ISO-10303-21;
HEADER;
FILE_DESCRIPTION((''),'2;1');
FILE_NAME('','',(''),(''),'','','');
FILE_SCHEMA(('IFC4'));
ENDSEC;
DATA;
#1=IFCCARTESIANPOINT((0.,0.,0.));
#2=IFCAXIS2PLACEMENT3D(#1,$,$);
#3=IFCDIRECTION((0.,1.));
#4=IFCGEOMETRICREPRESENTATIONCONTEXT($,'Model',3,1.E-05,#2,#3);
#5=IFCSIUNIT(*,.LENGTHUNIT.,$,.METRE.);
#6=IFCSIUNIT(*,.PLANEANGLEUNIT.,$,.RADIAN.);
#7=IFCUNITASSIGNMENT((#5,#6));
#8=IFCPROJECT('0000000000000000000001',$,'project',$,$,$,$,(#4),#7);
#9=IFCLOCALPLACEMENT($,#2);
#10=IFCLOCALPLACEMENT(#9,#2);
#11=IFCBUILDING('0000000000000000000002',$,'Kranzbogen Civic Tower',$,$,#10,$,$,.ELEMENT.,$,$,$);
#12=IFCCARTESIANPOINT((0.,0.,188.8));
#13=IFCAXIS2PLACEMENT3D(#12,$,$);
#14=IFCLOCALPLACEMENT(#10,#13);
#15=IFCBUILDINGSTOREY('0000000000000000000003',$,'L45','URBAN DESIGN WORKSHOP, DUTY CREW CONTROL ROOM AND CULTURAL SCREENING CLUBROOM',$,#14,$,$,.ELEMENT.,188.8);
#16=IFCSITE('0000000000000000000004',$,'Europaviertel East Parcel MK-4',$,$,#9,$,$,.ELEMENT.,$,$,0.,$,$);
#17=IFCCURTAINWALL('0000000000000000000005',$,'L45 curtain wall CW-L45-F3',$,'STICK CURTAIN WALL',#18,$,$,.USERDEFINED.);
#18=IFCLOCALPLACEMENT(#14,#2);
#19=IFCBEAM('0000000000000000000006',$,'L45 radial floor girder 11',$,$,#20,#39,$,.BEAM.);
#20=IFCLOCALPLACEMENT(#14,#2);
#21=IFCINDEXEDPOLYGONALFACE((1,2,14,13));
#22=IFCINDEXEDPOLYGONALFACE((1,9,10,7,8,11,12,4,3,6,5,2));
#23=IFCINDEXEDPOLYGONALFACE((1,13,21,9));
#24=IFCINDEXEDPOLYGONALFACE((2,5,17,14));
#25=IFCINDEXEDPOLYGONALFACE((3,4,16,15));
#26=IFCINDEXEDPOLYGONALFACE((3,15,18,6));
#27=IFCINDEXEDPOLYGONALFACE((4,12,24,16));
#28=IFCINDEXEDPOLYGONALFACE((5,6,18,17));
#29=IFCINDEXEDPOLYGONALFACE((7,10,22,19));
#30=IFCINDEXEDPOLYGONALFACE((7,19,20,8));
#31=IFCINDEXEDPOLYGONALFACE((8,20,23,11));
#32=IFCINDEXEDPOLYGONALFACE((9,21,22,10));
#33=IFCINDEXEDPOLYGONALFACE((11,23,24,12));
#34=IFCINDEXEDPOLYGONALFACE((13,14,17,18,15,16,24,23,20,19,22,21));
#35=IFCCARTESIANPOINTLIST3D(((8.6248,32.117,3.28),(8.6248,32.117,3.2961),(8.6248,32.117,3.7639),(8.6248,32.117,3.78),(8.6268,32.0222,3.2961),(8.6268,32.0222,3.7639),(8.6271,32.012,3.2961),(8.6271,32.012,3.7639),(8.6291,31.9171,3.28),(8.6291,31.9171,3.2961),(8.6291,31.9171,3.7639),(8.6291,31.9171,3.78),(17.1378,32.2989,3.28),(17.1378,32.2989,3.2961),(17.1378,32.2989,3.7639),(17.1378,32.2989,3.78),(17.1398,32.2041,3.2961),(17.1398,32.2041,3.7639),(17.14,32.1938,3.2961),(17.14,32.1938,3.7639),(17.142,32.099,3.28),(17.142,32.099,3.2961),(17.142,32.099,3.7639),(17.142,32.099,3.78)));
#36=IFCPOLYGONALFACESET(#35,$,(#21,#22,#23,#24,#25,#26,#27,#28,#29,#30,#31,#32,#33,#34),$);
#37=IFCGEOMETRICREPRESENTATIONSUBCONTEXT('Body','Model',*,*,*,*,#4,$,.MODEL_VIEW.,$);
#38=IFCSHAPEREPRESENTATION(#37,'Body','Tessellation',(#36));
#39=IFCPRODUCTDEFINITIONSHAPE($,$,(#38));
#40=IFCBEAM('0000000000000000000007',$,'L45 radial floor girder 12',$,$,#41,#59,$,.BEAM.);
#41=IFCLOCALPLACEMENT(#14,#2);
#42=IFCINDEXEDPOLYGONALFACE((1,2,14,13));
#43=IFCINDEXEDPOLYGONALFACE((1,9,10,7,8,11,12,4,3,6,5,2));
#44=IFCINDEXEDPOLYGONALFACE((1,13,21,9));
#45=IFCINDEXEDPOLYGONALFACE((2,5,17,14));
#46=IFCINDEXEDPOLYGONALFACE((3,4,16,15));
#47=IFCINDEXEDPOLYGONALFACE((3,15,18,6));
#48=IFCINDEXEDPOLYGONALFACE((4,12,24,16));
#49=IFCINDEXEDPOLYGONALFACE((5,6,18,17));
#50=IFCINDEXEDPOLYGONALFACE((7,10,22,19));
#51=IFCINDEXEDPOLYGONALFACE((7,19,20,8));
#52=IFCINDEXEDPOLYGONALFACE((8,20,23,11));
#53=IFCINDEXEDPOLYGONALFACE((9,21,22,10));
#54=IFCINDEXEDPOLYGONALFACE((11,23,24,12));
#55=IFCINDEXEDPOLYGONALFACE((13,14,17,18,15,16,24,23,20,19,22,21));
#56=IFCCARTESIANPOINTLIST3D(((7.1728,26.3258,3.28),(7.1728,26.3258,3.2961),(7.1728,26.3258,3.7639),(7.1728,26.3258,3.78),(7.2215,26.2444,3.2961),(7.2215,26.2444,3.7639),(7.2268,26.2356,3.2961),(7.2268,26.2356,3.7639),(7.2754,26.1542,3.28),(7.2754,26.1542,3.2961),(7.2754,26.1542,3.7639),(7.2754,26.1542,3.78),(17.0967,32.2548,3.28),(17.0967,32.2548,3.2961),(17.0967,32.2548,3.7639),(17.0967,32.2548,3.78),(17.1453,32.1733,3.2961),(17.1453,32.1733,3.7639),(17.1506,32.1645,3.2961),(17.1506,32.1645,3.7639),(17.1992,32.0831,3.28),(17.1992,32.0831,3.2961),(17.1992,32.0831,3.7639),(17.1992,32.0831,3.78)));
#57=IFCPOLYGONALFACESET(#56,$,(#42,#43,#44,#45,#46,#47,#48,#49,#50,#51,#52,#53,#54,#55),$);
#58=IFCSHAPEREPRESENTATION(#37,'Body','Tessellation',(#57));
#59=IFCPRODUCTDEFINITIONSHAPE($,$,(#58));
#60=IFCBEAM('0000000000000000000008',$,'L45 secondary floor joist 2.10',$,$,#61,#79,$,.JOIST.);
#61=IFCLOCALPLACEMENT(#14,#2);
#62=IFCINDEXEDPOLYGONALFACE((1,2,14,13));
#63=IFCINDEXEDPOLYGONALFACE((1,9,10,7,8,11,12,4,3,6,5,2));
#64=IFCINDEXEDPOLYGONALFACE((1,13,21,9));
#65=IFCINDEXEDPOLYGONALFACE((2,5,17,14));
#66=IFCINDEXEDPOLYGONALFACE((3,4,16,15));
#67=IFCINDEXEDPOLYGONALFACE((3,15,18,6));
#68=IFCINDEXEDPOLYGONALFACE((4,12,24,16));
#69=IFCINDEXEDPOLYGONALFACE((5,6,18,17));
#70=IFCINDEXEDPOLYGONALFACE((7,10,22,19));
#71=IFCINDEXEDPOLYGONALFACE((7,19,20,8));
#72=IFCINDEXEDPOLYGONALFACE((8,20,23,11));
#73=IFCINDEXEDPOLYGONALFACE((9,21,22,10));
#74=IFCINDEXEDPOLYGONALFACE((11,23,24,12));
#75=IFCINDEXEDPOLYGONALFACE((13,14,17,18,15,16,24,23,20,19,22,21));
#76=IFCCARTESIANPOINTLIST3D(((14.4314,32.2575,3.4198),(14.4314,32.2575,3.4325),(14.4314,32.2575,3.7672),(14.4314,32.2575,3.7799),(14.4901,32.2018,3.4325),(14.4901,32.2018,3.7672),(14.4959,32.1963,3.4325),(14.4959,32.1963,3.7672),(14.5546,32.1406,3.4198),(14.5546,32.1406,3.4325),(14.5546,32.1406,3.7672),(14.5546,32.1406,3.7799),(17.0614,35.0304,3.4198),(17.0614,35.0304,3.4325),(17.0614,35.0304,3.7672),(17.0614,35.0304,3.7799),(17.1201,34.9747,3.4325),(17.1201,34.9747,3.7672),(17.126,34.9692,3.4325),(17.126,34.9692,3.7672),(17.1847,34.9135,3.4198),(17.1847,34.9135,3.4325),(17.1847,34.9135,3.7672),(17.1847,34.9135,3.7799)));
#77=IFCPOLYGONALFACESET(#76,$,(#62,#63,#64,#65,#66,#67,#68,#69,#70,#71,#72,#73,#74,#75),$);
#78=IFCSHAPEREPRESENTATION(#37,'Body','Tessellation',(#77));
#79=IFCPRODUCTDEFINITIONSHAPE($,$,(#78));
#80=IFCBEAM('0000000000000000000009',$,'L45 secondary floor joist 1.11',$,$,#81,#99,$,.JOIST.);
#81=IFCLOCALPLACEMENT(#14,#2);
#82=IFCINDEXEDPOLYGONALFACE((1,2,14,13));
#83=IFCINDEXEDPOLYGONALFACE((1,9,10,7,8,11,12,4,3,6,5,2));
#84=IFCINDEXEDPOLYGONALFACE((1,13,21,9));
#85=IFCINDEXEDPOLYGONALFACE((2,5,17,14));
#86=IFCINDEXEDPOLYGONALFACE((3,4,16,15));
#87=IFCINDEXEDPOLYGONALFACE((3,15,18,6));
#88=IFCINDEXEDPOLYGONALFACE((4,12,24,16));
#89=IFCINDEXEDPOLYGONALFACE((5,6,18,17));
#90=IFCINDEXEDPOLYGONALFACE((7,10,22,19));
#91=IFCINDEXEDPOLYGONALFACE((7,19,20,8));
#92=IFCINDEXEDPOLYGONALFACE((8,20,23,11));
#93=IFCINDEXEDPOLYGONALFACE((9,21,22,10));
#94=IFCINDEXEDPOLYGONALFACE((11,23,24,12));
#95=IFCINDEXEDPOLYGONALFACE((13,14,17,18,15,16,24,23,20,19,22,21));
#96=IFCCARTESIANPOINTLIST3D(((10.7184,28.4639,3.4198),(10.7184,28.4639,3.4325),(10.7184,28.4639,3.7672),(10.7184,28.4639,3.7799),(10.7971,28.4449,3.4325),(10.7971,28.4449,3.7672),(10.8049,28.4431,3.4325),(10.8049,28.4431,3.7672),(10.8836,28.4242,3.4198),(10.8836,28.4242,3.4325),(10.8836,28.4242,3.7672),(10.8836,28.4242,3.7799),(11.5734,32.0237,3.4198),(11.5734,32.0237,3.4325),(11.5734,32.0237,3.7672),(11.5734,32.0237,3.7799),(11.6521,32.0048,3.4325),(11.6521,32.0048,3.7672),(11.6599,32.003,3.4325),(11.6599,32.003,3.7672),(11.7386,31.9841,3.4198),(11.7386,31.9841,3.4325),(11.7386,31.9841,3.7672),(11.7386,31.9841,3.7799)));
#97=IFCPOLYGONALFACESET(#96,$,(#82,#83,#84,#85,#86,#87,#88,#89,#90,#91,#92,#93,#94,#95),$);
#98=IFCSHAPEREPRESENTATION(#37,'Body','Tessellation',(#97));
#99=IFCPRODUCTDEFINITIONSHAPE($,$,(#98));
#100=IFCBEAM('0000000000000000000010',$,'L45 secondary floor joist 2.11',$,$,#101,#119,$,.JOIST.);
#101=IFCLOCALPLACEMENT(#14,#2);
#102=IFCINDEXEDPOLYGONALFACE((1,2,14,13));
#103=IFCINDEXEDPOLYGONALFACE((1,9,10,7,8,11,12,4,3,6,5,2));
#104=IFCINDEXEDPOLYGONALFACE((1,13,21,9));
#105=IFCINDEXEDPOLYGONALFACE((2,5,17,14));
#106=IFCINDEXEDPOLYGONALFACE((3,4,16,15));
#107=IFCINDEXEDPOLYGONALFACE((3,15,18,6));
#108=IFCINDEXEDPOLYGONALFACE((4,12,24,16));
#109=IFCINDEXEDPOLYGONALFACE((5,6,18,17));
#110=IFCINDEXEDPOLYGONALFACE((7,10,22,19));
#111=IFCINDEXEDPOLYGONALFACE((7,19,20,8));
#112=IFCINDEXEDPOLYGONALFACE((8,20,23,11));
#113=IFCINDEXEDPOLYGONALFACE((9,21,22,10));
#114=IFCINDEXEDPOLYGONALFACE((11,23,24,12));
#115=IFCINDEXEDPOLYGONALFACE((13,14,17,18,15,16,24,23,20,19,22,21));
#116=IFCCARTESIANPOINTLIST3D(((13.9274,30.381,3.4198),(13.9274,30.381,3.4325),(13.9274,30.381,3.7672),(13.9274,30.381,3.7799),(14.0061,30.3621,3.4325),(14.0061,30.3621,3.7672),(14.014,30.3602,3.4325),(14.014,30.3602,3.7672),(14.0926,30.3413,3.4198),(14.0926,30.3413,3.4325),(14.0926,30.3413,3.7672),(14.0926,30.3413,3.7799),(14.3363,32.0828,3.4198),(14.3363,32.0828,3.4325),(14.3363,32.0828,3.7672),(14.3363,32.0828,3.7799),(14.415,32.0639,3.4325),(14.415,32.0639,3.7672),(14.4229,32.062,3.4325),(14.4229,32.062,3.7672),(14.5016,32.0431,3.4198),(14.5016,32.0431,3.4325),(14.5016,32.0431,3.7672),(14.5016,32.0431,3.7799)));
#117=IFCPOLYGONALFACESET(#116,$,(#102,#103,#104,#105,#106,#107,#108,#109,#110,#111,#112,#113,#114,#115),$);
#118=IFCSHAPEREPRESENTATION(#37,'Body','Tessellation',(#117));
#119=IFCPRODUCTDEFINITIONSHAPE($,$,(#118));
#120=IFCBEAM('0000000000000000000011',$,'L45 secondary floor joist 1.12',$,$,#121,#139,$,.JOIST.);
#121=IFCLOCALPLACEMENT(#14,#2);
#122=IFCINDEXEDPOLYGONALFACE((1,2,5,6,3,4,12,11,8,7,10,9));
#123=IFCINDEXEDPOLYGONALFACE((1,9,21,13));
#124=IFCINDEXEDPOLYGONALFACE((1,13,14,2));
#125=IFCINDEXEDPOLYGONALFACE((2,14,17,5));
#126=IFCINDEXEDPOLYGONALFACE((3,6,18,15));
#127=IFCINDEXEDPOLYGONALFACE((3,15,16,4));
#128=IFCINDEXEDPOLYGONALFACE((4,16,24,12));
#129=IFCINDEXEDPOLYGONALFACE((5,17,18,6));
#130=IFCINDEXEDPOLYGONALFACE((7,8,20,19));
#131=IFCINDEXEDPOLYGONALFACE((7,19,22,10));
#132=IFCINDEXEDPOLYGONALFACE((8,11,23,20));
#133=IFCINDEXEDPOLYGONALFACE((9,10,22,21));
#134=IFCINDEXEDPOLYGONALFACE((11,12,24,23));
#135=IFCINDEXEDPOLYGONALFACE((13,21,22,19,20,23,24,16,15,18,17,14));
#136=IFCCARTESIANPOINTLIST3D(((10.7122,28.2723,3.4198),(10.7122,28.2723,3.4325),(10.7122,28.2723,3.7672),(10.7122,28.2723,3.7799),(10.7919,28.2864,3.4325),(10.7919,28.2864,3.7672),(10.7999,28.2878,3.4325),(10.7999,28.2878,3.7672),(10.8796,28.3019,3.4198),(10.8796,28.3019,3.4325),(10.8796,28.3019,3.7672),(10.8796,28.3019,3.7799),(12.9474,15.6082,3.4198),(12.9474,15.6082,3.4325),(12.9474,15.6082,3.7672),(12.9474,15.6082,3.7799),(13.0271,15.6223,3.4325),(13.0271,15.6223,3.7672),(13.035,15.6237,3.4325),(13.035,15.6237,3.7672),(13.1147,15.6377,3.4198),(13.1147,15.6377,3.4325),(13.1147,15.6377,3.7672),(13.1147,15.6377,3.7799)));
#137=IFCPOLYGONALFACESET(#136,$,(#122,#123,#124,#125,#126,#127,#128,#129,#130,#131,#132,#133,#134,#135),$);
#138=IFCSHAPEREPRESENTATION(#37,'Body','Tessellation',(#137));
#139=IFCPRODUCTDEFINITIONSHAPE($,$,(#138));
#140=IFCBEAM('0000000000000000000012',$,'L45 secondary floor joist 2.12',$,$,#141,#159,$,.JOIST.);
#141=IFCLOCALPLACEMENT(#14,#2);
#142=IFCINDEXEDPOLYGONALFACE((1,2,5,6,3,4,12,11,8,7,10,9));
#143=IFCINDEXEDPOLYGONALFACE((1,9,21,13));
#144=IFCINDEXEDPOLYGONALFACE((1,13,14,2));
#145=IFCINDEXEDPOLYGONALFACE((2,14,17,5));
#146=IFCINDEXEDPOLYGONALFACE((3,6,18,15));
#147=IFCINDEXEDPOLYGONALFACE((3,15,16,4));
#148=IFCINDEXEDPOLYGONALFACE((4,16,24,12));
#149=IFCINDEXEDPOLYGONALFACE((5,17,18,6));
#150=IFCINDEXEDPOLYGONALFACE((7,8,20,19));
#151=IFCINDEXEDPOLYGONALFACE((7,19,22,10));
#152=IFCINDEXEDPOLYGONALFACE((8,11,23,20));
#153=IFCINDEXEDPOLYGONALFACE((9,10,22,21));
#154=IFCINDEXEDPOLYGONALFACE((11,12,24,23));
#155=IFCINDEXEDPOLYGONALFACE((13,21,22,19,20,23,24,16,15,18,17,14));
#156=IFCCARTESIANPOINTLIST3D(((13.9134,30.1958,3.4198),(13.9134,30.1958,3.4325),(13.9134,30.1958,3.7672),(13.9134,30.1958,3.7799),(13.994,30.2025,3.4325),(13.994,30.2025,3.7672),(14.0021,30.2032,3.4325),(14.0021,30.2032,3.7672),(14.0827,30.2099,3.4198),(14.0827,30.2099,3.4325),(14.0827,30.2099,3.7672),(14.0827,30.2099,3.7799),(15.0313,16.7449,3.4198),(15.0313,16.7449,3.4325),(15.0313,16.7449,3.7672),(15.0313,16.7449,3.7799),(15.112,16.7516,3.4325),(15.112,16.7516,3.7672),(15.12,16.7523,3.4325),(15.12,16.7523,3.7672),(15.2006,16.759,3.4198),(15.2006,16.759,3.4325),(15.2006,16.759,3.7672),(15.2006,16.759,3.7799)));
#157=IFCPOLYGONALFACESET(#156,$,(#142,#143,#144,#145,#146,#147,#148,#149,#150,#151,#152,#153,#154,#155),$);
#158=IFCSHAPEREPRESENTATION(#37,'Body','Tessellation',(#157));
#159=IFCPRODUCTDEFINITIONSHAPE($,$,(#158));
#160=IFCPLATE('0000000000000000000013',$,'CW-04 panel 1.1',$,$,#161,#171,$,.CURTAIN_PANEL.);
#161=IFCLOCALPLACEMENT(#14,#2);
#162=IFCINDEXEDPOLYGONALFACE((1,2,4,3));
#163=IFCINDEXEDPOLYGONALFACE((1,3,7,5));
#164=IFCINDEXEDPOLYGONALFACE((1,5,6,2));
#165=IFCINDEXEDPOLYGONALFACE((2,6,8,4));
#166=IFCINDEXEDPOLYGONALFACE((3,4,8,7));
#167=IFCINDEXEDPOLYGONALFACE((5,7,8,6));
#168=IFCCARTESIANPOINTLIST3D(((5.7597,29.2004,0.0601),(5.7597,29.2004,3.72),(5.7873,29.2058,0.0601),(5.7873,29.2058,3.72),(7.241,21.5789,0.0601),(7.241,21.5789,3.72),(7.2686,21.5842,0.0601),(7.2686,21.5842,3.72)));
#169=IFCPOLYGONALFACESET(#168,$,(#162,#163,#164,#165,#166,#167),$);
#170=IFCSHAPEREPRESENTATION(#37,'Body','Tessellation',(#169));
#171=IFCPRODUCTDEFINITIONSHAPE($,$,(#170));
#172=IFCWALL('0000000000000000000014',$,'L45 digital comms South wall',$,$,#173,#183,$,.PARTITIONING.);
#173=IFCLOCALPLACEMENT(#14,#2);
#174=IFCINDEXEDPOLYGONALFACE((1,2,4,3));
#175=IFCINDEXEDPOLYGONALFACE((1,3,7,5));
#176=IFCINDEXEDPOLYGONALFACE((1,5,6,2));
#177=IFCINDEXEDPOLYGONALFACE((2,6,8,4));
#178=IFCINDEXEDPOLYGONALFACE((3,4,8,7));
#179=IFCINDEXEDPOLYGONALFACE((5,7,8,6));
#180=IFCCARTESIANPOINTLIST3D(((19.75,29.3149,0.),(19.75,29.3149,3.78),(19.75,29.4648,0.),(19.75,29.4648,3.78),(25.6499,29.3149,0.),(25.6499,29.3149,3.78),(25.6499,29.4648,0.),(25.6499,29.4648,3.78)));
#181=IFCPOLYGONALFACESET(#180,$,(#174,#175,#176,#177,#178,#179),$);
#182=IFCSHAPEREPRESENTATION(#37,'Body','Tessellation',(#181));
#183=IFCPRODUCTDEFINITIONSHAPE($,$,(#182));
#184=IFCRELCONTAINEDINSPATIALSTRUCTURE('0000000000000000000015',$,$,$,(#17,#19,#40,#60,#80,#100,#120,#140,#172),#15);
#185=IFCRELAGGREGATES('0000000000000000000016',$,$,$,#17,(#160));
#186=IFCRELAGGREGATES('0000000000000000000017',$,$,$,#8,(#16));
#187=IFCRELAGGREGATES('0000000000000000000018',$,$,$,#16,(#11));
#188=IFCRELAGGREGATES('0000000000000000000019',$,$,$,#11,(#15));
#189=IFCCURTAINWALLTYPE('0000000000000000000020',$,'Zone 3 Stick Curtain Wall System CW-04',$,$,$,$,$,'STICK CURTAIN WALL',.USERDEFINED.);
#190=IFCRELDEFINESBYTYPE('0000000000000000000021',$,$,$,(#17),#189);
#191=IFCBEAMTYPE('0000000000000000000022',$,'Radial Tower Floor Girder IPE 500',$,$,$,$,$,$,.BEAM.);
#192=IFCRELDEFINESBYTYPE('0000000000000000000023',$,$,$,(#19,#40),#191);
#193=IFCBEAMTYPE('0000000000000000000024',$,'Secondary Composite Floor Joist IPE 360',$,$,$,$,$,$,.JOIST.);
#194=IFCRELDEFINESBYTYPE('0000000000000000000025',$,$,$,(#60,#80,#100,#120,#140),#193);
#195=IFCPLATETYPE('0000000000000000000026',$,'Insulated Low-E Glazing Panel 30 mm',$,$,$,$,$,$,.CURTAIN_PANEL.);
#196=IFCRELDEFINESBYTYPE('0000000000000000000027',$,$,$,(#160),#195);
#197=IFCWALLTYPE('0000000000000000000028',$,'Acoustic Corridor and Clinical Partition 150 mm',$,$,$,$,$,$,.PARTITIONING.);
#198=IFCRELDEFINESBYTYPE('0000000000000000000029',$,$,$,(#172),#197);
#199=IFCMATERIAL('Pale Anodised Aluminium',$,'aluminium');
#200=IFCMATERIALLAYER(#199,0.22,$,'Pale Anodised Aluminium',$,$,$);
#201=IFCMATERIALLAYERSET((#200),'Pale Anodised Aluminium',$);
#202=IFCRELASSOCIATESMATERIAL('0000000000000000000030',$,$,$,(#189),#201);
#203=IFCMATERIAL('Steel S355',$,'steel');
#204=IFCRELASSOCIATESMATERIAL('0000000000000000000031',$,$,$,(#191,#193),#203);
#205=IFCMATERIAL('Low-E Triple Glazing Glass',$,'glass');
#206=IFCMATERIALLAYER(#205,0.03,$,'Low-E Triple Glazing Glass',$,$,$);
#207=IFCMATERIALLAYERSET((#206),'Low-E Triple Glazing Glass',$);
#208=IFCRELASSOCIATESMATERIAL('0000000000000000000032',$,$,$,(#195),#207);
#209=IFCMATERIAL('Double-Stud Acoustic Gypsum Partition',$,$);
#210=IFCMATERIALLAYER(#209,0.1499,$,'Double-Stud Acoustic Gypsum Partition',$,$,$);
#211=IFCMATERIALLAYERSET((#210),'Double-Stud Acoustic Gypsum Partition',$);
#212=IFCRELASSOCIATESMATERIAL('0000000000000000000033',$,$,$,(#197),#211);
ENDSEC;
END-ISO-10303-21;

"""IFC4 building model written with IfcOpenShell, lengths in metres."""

from ifc_helpers import new_model, si_unit, direction, frame, frame_2d, origin, origin_2d, place, context, subcontext, project, spatial, rectangle, i_section, extrude, material, layer, layer_set, material_profile, profile_set, type_object, element, aggregate, save


model = new_model("IFC4")

# Units and contexts
model_context = context("Model", 3, precision=1e-05, world=origin(), true_north=direction((0.0, 1.0)))
body_context = subcontext(model_context, "Body", "Model", "MODEL_VIEW")
ifc_project = project(units=[si_unit("LENGTHUNIT", "METRE"), si_unit("PLANEANGLEUNIT", "RADIAN")], contexts=[model_context])

# Site, building, storey
site_placement = place(None, origin())
site = spatial("IfcSite", under=ifc_project, at=site_placement, Name="Europaviertel East Parcel MK-4", CompositionType="ELEMENT", RefElevation=0.0)
building_placement = place(site_placement, origin())
building = spatial("IfcBuilding", under=site, at=building_placement, Name="Kranzbogen Civic Tower", CompositionType="ELEMENT")
storey_placement = place(building_placement, frame((0.0, 0.0, 188.8)))
storey = spatial("IfcBuildingStorey", under=building, at=storey_placement, Name="L45", Description="URBAN DESIGN WORKSHOP, DUTY CREW CONTROL ROOM AND CULTURAL SCREENING CLUBROOM", CompositionType="ELEMENT", Elevation=188.8)

# Shared definitions
ifc_material_1 = material(Name="Steel S355", Category="steel")

# Shared definitions
ifc_material_2 = material(Name="Pale Anodised Aluminium", Category="aluminium")
ifc_layer_1 = layer(ifc_material_2, 0.22, Name="Pale Anodised Aluminium")
ifc_layer_set_1 = layer_set([ifc_layer_1], Name="Pale Anodised Aluminium")
curtain_wall_type = type_object("IfcCurtainWallType", Name="Zone 3 Stick Curtain Wall System CW-04", ElementType="STICK CURTAIN WALL", PredefinedType="USERDEFINED", material=ifc_layer_set_1)

# Curtain wall
curtain_wall_1_placement = place(storey_placement, origin())
curtain_wall_1 = element("IfcCurtainWall", 1, at=curtain_wall_1_placement, inside=storey, type_object=curtain_wall_type, Name="L45 curtain wall CW-L45-F3", ObjectType="STICK CURTAIN WALL", PredefinedType="USERDEFINED")

# Beams
ifc_material_profile_1 = material_profile(ifc_material_1, i_section(OverallWidth=0.2, OverallDepth=0.5, WebThickness=0.0103, FlangeThickness=0.0161, at=origin_2d()), Name="IPE 500")
ifc_profile_set_1 = profile_set([ifc_material_profile_1], Name="Steel S355")
beam_type_1 = type_object("IfcBeamType", Name="Radial Tower Floor Girder IPE 500", PredefinedType="BEAM", material=ifc_profile_set_1)
beam_1_placement = place(storey_placement, frame((8.627, 32.0171, 3.53), z_axis=(0.999772, 0.021361, 0.0), x_axis=(-0.021361, 0.999772, 0.0)))
element("IfcBeam", 2, at=beam_1_placement, inside=storey, type_object=beam_type_1, Name="L45 radial floor girder 11", PredefinedType="BEAM", context=body_context, shape_type="SweptSolid", body=[
    extrude(i_section(OverallWidth=0.2, OverallDepth=0.5, WebThickness=0.0103, FlangeThickness=0.0161, at=origin_2d()), origin(), (0.0, 0.0, 1.0), 8.5149),
])
beam_2_placement = place(storey_placement, frame((7.2241, 26.24, 3.53), z_axis=(0.858459, 0.512883, 0.0), x_axis=(-0.512883, 0.858459, 0.0)))
element("IfcBeam", 3, at=beam_2_placement, inside=storey, type_object=beam_type_1, Name="L45 radial floor girder 12", PredefinedType="BEAM", context=body_context, shape_type="SweptSolid", body=[
    extrude(i_section(OverallWidth=0.2, OverallDepth=0.5, WebThickness=0.0103, FlangeThickness=0.0161, at=origin_2d()), origin(), (0.0, 0.0, 1.0), 11.5601),
])
ifc_material_profile_2 = material_profile(ifc_material_1, i_section(OverallWidth=0.1699, OverallDepth=0.3601, WebThickness=0.0081, FlangeThickness=0.0127, at=origin_2d()), Name="IPE 360")
ifc_profile_set_2 = profile_set([ifc_material_profile_2], Name="Steel S355")
beam_type_2 = type_object("IfcBeamType", Name="Secondary Composite Floor Joist IPE 360", PredefinedType="JOIST", material=ifc_profile_set_2)
beam_3_placement = place(storey_placement, frame((17.123, 34.9719, 3.5999), z_axis=(-0.688175, -0.725545, 0.0), x_axis=(0.725545, -0.688175, 0.0)))
element("IfcBeam", 4, at=beam_3_placement, inside=storey, type_object=beam_type_2, Name="L45 secondary floor joist 2.10", PredefinedType="JOIST", context=body_context, shape_type="SweptSolid", body=[
    extrude(i_section(OverallWidth=0.1699, OverallDepth=0.3601, WebThickness=0.0081, FlangeThickness=0.0127, at=origin_2d()), origin(), (0.0, 0.0, 1.0), 3.8218),
])
beam_4_placement = place(storey_placement, frame((11.656, 32.0039, 3.5999), z_axis=(-0.233534, -0.972349, 0.0), x_axis=(0.972349, -0.233534, 0.0)))
element("IfcBeam", 5, at=beam_4_placement, inside=storey, type_object=beam_type_2, Name="L45 secondary floor joist 1.11", PredefinedType="JOIST", context=body_context, shape_type="SweptSolid", body=[
    extrude(i_section(OverallWidth=0.1699, OverallDepth=0.3601, WebThickness=0.0081, FlangeThickness=0.0127, at=origin_2d()), origin(), (0.0, 0.0, 1.0), 3.6611),
])
beam_5_placement = place(storey_placement, frame((14.4189, 32.063, 3.5999), z_axis=(-0.233631, -0.972325, 0.0), x_axis=(0.972325, -0.233631, 0.0)))
element("IfcBeam", 6, at=beam_5_placement, inside=storey, type_object=beam_type_2, Name="L45 secondary floor joist 2.11", PredefinedType="JOIST", context=body_context, shape_type="SweptSolid", body=[
    extrude(i_section(OverallWidth=0.1699, OverallDepth=0.3601, WebThickness=0.0081, FlangeThickness=0.0127, at=origin_2d()), origin(), (0.0, 0.0, 1.0), 1.7502),
])
beam_6_placement = place(storey_placement, frame((10.7959, 28.2871, 3.5999), z_axis=(0.173806, -0.98478, 0.0), x_axis=(0.98478, 0.173806, 0.0)))
element("IfcBeam", 7, at=beam_6_placement, inside=storey, type_object=beam_type_2, Name="L45 secondary floor joist 1.12", PredefinedType="JOIST", context=body_context, shape_type="SweptSolid", body=[
    extrude(i_section(OverallWidth=0.1699, OverallDepth=0.3601, WebThickness=0.0081, FlangeThickness=0.0127, at=origin_2d()), origin(), (0.0, 0.0, 1.0), 12.8599),
])
beam_7_placement = place(storey_placement, frame((13.998, 30.2029, 3.5999), z_axis=(0.082825, -0.996564, 0.0), x_axis=(0.996564, 0.082825, 0.0)))
element("IfcBeam", 8, at=beam_7_placement, inside=storey, type_object=beam_type_2, Name="L45 secondary floor joist 2.12", PredefinedType="JOIST", context=body_context, shape_type="SweptSolid", body=[
    extrude(i_section(OverallWidth=0.1699, OverallDepth=0.3601, WebThickness=0.0081, FlangeThickness=0.0127, at=origin_2d()), origin(), (0.0, 0.0, 1.0), 13.4973),
])

# Plate
ifc_material_3 = material(Name="Low-E Triple Glazing Glass", Category="glass")
ifc_layer_2 = layer(ifc_material_3, 0.03, Name="Low-E Triple Glazing Glass")
ifc_layer_set_2 = layer_set([ifc_layer_2], Name="Low-E Triple Glazing Glass")
plate_type = type_object("IfcPlateType", Name="Insulated Low-E Glazing Panel 30 mm", PredefinedType="CURTAIN_PANEL", material=ifc_layer_set_2)
plate_placement = place(storey_placement, frame((6.5142, 25.3923, 0.0601), z_axis=(0.0, 0.0, 1.0), x_axis=(0.190788, -0.981631, 0.0)))
plate = element("IfcPlate", 9, at=plate_placement, type_object=plate_type, Name="CW-04 panel 1.1", PredefinedType="CURTAIN_PANEL", context=body_context, shape_type="SweptSolid", body=[
    extrude(rectangle(XDim=7.7642, YDim=0.0281, at=origin_2d()), origin(), (0.0, 0.0, 1.0), 3.6599),
])
aggregate(curtain_wall_1, [plate])

# Wall
ifc_material_4 = material(Name="Double-Stud Acoustic Gypsum Partition")
ifc_layer_3 = layer(ifc_material_4, 0.1499, Name="Double-Stud Acoustic Gypsum Partition")
ifc_layer_set_3 = layer_set([ifc_layer_3], Name="Double-Stud Acoustic Gypsum Partition")
wall_type_1 = type_object("IfcWallType", Name="Acoustic Corridor and Clinical Partition 150 mm", PredefinedType="PARTITIONING", material=ifc_layer_set_3)
wall_1_placement = place(storey_placement, frame((19.75, 29.3899, 0.0), z_axis=(0.0, 0.0, 1.0), x_axis=(1.0, 0.0, 0.0)))
element("IfcWall", 10, at=wall_1_placement, inside=storey, type_object=wall_type_1, Name="L45 digital comms South wall", PredefinedType="PARTITIONING", context=body_context, shape_type="SweptSolid", body=[
    extrude(rectangle(XDim=5.8999, YDim=0.1499, at=frame_2d((2.95, 0.0))), origin(), (0.0, 0.0, 1.0), 3.78),
])

save(model, "model.ifc")
